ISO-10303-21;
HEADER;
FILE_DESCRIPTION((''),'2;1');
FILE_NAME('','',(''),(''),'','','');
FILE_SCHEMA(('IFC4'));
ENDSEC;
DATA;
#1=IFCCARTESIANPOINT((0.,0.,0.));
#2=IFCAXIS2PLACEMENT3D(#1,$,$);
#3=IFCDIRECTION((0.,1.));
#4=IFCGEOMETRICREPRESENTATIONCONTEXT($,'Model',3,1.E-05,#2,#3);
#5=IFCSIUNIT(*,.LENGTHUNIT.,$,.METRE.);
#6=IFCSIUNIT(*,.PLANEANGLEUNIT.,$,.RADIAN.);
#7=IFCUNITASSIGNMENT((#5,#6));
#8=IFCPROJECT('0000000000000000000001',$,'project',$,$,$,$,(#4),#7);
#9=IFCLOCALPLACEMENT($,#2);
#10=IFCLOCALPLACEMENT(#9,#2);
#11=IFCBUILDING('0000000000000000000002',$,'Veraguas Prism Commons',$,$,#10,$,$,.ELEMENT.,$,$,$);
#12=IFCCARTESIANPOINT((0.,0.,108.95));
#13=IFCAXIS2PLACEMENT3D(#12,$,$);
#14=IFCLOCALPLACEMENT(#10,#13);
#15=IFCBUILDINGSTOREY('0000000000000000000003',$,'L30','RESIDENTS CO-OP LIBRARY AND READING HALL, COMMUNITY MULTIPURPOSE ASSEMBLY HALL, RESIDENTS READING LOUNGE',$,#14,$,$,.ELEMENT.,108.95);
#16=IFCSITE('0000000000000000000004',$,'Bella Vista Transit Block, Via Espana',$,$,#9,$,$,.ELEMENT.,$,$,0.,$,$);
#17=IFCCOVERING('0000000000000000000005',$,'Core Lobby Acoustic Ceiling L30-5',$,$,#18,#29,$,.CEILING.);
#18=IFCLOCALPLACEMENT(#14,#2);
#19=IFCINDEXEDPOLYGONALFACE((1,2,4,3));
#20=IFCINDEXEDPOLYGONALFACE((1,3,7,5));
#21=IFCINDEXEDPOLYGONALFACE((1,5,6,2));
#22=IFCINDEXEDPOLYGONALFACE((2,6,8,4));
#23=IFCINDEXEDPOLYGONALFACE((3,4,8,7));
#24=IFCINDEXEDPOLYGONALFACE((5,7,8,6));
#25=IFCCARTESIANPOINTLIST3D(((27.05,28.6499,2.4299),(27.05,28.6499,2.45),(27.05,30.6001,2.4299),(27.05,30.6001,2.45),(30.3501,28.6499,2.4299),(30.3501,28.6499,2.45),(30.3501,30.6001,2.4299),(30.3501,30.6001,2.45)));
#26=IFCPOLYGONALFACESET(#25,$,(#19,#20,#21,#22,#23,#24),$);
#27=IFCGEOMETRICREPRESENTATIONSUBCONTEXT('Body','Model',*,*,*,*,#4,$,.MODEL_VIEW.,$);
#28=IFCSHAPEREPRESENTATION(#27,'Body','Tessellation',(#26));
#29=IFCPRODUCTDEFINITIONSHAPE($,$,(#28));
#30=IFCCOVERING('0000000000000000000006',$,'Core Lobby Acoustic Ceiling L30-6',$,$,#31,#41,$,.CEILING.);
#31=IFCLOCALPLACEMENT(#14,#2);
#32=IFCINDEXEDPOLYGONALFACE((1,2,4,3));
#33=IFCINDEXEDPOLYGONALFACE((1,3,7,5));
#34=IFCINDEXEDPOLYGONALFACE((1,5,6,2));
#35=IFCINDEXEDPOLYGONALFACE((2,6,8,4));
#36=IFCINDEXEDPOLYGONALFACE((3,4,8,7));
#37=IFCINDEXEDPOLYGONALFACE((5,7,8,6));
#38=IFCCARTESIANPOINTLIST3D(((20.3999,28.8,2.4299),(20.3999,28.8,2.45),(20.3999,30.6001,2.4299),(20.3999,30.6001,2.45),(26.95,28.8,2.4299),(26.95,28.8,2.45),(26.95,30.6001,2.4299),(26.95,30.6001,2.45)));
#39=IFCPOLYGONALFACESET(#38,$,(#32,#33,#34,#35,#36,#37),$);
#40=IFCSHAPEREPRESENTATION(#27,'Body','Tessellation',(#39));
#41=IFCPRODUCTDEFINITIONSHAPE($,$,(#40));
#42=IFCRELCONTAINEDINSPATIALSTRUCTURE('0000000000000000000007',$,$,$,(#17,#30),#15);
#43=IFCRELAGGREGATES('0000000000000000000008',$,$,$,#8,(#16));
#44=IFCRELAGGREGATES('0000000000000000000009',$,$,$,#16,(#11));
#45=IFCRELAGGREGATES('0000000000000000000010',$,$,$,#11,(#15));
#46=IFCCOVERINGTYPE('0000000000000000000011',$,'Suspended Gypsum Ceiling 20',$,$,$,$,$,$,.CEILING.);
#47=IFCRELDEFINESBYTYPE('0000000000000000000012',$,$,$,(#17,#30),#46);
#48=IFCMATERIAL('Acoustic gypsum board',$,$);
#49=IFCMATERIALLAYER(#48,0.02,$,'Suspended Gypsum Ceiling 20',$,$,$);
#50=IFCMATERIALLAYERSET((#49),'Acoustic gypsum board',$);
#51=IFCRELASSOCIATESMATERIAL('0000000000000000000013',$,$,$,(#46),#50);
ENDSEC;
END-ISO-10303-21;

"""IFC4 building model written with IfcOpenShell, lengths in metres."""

from ifc_helpers import new_model, si_unit, direction, frame, origin, place, context, subcontext, project, spatial, polyline, outline, extrude, material, layer, layer_set, type_object, element, save


model = new_model("IFC4")

# Units and contexts
model_context = context("Model", 3, precision=1e-05, world=origin(), true_north=direction((0.0, 1.0)))
body_context = subcontext(model_context, "Body", "Model", "MODEL_VIEW")
ifc_project = project(units=[si_unit("LENGTHUNIT", "METRE"), si_unit("PLANEANGLEUNIT", "RADIAN")], contexts=[model_context])

# Site, building, storey
site_placement = place(None, origin())
site = spatial("IfcSite", under=ifc_project, at=site_placement, Name="Bella Vista Transit Block, Via Espana", CompositionType="ELEMENT", RefElevation=0.0)
building_placement = place(site_placement, origin())
building = spatial("IfcBuilding", under=site, at=building_placement, Name="Veraguas Prism Commons", CompositionType="ELEMENT")
storey_placement = place(building_placement, frame((0.0, 0.0, 108.95)))
storey = spatial("IfcBuildingStorey", under=building, at=storey_placement, Name="L30", Description="RESIDENTS CO-OP LIBRARY AND READING HALL, COMMUNITY MULTIPURPOSE ASSEMBLY HALL, RESIDENTS READING LOUNGE", CompositionType="ELEMENT", Elevation=108.95)

# Coverings
ifc_material_1 = material(Name="Acoustic gypsum board")
ifc_layer_1 = layer(ifc_material_1, 0.02, Name="Suspended Gypsum Ceiling 20")
ifc_layer_set_1 = layer_set([ifc_layer_1], Name="Acoustic gypsum board")
covering_type_1 = type_object("IfcCoveringType", Name="Suspended Gypsum Ceiling 20", PredefinedType="CEILING", material=ifc_layer_set_1)
covering_1_placement = place(storey_placement, frame((0.0, 0.0, 2.4299)))
element("IfcCovering", 1, at=covering_1_placement, inside=storey, type_object=covering_type_1, Name="Core Lobby Acoustic Ceiling L30-5", PredefinedType="CEILING", context=body_context, shape_type="SweptSolid", body=[
    extrude(outline(polyline([(27.05, 28.6499), (30.3501, 28.6499), (30.3501, 30.6001), (27.05, 30.6001), (27.05, 28.6499)])), origin(), (0.0, 0.0, 1.0), 0.02),
])
covering_2_placement = place(storey_placement, frame((0.0, 0.0, 2.4299)))
element("IfcCovering", 2, at=covering_2_placement, inside=storey, type_object=covering_type_1, Name="Core Lobby Acoustic Ceiling L30-6", PredefinedType="CEILING", context=body_context, shape_type="SweptSolid", body=[
    extrude(outline(polyline([(20.3999, 28.8), (26.95, 28.8), (26.95, 30.6001), (20.3999, 30.6001), (20.3999, 28.8)])), origin(), (0.0, 0.0, 1.0), 0.02),
])

save(model, "model.ifc")
